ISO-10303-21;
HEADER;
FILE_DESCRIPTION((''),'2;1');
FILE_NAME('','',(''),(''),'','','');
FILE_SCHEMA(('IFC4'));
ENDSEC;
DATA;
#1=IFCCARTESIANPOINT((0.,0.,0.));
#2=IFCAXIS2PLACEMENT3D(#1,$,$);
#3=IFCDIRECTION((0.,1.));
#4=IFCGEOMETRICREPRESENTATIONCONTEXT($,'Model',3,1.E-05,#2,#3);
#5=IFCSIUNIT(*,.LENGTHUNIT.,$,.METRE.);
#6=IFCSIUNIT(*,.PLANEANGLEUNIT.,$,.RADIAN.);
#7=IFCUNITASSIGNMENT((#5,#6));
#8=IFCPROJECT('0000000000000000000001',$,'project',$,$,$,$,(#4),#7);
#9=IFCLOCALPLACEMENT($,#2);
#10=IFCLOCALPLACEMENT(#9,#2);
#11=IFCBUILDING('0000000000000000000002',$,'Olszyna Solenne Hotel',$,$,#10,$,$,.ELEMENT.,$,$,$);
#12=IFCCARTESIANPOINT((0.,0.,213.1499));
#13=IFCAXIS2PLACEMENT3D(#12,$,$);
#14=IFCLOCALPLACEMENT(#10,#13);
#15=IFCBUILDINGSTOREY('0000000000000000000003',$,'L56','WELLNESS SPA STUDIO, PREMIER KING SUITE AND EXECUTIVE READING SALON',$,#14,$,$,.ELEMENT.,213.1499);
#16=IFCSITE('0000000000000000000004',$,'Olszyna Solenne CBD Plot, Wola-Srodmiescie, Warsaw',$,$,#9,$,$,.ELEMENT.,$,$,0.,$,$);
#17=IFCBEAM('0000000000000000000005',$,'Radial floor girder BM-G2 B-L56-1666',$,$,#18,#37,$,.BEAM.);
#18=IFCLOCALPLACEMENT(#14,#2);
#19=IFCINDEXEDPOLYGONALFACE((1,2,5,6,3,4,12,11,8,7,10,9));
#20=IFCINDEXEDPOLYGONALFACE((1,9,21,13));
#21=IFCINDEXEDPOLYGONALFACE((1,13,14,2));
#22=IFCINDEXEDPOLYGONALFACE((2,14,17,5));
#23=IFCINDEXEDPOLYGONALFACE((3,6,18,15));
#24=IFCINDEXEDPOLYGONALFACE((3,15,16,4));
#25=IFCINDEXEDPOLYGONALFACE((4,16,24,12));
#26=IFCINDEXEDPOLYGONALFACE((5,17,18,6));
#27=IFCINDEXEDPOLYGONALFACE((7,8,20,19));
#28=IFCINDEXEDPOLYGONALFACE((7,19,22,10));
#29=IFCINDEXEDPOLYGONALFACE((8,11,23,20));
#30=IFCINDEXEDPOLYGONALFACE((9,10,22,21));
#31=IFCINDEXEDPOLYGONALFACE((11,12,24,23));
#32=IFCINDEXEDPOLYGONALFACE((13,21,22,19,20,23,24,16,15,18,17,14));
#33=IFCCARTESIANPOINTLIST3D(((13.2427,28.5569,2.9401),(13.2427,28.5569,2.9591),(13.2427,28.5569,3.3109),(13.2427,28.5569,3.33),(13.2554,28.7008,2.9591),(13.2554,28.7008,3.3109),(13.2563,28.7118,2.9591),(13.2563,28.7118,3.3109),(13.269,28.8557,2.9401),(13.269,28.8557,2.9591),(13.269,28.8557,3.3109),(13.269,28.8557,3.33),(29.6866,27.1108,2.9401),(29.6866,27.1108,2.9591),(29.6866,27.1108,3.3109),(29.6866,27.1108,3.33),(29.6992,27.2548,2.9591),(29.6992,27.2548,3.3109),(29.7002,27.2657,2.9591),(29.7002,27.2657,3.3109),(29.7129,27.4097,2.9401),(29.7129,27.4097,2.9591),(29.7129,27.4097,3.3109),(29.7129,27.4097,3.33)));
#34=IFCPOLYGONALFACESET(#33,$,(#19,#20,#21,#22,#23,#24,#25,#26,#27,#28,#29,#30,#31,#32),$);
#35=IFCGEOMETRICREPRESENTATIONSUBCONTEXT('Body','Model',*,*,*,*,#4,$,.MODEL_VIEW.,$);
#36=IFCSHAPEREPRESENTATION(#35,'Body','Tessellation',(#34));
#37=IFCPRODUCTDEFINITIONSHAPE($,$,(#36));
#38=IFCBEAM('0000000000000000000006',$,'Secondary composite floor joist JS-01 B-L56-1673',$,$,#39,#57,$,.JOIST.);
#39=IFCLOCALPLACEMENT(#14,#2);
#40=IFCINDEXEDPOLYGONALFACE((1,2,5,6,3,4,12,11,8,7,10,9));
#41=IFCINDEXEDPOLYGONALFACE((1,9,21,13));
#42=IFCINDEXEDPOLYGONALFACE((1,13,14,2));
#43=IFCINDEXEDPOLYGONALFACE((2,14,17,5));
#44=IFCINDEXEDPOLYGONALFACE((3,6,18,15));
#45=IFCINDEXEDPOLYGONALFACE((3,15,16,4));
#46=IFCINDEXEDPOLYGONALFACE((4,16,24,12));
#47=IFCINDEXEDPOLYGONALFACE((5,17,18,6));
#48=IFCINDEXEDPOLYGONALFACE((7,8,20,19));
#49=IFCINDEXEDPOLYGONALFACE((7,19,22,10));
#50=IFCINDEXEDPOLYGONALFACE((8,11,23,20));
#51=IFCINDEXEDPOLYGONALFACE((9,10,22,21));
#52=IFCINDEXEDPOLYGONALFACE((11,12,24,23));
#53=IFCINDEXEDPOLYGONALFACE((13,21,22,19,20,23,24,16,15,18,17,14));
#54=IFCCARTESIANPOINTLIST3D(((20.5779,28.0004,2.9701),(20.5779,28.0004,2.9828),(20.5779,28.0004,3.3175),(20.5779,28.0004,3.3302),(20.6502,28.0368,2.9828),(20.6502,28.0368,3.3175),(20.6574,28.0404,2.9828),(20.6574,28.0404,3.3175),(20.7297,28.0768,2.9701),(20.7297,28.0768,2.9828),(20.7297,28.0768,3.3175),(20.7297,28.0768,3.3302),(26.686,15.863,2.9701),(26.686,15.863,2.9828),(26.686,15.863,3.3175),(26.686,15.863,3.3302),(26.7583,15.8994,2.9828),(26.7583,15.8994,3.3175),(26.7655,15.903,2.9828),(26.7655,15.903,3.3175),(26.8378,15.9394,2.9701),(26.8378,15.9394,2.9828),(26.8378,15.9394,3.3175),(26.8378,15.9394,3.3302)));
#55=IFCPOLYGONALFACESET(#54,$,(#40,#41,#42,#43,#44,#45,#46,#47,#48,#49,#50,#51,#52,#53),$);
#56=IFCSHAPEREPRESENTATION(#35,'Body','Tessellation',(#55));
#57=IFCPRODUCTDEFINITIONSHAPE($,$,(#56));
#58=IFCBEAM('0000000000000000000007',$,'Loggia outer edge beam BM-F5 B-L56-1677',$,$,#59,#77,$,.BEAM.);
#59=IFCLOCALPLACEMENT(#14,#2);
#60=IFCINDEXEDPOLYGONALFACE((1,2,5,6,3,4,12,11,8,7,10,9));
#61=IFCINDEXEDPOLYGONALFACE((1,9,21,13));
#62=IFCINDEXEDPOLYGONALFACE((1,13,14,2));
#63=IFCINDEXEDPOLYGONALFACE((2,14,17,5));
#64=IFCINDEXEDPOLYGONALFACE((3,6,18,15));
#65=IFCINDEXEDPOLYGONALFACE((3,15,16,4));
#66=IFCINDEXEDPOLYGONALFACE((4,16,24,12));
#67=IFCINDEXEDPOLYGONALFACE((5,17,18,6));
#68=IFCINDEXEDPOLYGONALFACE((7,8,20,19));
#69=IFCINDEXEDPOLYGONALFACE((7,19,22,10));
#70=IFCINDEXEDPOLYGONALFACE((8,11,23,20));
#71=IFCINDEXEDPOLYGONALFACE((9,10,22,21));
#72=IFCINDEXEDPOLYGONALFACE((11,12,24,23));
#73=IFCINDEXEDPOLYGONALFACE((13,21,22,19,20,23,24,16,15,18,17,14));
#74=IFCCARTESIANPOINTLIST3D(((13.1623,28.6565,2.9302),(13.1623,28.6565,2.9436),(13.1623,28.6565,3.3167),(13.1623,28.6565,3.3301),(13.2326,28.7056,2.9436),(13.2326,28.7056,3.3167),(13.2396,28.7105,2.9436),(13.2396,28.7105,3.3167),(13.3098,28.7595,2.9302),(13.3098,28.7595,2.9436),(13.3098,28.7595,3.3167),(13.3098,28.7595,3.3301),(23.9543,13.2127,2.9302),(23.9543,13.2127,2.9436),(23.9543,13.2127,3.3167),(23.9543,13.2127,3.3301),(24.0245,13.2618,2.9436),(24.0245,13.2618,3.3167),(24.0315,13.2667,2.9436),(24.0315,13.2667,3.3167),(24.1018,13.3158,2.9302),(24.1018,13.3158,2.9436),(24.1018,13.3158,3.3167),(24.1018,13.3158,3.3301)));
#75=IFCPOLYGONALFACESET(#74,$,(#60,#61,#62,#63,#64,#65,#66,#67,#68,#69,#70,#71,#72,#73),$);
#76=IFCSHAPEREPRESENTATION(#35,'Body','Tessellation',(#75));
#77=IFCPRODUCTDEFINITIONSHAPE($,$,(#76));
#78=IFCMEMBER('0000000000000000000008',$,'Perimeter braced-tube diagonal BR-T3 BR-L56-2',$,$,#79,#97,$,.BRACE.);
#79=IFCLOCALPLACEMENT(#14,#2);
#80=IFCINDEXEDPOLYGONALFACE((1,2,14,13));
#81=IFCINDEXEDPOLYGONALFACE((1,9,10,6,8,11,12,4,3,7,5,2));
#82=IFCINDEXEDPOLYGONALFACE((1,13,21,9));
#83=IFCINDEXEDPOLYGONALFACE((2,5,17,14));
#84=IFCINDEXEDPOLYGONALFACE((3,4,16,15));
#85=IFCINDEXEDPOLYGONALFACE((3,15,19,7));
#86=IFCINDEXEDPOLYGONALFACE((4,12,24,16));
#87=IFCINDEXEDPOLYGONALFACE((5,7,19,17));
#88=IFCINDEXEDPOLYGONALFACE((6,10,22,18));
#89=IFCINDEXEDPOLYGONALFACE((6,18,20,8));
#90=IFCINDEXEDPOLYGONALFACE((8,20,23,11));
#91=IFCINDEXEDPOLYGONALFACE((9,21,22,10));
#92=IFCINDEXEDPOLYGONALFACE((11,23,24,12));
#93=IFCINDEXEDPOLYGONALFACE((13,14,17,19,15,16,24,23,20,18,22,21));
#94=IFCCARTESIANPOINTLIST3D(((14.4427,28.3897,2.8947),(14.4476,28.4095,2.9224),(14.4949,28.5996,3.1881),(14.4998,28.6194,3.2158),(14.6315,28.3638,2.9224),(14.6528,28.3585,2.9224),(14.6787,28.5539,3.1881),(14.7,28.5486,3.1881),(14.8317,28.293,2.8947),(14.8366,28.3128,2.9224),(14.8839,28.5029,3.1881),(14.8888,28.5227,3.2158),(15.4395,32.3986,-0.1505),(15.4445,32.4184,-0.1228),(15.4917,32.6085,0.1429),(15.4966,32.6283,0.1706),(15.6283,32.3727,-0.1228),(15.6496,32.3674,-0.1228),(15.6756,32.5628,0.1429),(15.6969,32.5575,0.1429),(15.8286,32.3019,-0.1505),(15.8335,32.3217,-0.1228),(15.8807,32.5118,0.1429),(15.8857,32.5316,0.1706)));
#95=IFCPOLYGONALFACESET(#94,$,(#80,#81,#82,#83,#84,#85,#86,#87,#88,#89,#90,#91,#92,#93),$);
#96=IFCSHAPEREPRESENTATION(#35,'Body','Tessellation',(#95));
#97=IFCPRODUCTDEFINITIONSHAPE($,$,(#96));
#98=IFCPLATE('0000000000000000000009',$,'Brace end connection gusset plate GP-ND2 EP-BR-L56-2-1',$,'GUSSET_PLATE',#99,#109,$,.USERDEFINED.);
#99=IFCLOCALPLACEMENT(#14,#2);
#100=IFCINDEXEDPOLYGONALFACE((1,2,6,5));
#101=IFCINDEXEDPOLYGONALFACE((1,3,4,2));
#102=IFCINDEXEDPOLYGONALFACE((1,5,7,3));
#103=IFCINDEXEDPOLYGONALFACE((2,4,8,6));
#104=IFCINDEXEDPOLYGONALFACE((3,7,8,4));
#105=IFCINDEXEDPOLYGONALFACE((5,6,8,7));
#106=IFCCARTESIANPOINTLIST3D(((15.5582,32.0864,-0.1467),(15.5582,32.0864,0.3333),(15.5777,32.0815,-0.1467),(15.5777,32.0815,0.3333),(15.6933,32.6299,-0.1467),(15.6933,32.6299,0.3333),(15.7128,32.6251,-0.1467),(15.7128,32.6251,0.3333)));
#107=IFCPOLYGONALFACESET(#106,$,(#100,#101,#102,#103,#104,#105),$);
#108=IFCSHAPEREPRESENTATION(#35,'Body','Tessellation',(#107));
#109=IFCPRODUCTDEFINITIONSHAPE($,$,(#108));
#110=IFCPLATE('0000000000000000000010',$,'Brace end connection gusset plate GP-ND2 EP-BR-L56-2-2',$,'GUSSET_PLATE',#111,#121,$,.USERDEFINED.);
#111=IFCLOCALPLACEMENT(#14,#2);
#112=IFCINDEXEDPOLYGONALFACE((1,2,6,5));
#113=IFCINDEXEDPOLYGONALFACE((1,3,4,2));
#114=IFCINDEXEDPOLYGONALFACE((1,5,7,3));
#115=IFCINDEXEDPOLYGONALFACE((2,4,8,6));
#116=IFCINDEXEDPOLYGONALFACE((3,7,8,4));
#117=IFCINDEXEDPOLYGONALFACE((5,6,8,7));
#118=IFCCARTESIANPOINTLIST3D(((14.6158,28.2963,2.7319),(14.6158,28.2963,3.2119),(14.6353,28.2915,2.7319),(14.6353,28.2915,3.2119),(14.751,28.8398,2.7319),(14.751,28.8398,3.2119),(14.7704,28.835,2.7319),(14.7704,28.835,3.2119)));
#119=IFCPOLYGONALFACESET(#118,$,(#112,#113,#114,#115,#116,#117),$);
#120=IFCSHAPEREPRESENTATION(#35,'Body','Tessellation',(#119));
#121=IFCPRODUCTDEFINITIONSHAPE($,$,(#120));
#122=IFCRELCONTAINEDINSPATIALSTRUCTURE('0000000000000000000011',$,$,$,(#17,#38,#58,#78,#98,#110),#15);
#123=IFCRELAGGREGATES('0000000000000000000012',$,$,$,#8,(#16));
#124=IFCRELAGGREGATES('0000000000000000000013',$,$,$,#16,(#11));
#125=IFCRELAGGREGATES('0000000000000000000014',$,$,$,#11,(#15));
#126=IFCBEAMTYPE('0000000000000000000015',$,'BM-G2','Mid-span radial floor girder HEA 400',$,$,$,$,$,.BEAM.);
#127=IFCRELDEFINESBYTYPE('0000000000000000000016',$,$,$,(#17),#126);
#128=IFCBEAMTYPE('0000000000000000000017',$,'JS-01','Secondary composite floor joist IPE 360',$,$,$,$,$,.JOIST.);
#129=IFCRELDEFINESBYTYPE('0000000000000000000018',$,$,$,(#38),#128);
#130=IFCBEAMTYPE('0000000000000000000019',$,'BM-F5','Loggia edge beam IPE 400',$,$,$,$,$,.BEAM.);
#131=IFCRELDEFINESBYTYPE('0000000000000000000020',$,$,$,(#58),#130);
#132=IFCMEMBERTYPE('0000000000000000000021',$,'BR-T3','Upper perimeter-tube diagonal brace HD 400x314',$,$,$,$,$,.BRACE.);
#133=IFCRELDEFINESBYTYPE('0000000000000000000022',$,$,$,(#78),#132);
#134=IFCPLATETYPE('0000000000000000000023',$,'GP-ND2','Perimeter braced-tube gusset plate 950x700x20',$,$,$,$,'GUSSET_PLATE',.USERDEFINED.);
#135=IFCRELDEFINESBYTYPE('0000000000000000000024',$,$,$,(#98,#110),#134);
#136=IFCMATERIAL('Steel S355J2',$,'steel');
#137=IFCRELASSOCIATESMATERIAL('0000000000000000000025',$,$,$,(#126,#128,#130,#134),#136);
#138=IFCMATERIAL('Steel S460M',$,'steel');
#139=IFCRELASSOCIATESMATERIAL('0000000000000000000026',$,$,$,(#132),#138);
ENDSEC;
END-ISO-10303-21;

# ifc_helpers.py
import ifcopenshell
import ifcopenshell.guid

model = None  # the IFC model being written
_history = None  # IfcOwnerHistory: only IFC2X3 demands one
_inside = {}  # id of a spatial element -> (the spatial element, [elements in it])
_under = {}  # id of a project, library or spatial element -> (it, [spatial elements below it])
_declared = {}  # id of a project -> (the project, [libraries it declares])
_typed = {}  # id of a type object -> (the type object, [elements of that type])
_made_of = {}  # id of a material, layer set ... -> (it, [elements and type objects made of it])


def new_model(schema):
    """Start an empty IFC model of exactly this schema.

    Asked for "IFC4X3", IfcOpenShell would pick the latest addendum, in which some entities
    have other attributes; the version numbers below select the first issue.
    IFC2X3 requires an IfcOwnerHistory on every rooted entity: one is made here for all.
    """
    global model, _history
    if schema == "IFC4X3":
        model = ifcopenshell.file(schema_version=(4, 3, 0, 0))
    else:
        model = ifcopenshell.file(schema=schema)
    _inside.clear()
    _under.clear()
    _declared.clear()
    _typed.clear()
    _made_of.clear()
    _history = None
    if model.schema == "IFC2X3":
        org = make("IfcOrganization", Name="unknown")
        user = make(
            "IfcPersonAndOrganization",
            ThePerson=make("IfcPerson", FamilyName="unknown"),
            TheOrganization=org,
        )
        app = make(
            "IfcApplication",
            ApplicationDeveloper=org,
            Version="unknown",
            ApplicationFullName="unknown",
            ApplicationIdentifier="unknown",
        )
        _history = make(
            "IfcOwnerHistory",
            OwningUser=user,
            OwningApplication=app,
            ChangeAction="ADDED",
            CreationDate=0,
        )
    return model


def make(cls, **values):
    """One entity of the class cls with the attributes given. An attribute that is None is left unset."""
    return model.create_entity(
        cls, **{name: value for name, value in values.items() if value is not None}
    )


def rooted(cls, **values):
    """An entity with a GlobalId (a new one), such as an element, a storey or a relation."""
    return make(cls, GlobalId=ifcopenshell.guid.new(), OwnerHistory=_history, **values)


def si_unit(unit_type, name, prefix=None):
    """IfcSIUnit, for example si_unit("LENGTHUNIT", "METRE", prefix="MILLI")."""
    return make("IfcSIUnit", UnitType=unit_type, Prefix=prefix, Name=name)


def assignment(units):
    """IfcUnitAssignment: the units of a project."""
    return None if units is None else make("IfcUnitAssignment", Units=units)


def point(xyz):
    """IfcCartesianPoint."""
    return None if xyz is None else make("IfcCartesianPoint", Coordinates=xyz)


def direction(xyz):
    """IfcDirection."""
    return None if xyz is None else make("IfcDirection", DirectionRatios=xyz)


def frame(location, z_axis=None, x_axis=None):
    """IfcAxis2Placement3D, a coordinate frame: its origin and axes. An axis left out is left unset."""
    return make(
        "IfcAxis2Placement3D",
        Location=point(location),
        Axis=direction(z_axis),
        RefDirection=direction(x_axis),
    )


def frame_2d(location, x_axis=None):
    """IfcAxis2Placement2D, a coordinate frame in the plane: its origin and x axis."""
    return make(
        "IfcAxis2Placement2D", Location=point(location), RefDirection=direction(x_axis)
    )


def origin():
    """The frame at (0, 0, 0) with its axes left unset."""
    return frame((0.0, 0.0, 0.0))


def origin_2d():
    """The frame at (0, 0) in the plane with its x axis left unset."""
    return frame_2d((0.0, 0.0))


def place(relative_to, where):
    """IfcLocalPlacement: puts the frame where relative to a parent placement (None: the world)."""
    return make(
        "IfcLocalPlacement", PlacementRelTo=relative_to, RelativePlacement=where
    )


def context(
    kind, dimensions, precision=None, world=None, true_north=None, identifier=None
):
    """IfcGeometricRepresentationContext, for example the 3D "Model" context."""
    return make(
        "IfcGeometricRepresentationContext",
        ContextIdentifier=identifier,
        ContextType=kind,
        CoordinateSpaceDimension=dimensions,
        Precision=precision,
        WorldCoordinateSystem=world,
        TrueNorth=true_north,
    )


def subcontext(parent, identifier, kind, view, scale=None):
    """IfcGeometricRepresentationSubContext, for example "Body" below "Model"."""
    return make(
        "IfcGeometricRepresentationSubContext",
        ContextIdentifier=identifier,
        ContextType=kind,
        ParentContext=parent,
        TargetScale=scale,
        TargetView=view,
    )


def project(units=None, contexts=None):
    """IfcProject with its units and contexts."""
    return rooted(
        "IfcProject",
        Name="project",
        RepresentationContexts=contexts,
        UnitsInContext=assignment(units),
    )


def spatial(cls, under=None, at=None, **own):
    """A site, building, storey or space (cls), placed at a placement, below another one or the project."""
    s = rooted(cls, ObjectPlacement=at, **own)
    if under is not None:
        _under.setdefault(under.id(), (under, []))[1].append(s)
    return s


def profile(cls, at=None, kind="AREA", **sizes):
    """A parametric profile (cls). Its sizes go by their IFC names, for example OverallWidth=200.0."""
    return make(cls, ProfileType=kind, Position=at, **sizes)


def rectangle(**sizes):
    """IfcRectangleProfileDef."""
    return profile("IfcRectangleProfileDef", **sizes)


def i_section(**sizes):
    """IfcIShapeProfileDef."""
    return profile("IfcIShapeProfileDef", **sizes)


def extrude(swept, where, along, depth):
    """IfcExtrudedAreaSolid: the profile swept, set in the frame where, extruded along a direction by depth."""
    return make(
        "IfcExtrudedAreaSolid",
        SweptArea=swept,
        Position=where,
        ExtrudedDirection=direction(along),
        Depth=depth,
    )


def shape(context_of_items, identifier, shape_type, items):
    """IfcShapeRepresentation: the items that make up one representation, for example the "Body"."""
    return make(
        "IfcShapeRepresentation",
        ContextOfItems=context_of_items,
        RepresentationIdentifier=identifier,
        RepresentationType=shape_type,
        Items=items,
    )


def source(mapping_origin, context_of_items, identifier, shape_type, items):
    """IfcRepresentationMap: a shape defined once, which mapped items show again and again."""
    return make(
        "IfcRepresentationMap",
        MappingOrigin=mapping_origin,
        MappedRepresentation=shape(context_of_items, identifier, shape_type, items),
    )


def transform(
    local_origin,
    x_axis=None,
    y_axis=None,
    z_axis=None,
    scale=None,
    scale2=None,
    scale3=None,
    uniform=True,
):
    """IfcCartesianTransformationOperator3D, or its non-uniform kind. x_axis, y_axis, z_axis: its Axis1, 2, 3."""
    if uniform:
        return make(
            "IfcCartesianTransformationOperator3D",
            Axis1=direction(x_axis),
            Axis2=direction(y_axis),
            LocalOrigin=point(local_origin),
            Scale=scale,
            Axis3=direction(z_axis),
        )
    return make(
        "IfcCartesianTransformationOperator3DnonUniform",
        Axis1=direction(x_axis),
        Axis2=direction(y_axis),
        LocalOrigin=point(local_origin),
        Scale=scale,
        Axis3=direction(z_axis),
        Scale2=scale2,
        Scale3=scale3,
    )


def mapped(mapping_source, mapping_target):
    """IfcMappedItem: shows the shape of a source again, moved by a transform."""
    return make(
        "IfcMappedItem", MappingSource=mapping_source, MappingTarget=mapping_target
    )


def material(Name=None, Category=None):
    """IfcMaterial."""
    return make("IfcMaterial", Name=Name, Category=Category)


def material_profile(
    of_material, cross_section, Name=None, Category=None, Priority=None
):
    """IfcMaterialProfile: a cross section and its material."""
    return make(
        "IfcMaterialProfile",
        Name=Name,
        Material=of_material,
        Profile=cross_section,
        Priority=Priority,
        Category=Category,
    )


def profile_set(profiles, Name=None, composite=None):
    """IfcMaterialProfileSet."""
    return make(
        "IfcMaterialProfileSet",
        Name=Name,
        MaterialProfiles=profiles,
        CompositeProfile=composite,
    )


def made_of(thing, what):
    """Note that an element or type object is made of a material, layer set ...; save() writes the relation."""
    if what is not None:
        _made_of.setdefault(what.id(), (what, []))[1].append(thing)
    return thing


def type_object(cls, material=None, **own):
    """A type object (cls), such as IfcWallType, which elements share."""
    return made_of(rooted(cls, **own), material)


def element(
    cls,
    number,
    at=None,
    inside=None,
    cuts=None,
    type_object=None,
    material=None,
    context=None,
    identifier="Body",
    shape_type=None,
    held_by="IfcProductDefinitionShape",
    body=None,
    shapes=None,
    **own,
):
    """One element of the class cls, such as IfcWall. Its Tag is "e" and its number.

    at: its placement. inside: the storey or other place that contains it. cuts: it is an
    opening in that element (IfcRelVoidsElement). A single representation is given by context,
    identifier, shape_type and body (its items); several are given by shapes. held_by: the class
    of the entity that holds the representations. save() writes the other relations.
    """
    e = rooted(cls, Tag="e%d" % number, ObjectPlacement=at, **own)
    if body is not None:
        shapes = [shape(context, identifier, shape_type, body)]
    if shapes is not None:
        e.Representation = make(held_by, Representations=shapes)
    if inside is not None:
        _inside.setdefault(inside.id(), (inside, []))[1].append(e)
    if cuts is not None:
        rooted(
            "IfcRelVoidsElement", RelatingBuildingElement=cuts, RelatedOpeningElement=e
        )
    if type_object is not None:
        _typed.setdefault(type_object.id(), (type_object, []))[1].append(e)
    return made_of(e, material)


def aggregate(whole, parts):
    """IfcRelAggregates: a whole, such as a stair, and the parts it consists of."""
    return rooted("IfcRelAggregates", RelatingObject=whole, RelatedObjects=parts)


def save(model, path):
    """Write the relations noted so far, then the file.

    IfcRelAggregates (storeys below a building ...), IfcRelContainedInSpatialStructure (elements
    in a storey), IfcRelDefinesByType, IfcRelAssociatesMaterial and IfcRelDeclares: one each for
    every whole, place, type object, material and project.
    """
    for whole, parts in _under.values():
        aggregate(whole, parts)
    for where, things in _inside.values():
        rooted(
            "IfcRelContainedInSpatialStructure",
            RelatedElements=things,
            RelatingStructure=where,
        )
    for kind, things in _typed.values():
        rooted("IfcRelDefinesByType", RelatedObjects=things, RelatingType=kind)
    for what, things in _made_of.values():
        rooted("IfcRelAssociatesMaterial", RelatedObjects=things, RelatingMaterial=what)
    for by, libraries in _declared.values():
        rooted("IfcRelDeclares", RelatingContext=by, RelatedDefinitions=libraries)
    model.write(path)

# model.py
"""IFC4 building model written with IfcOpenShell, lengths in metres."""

from ifc_helpers import new_model, si_unit, direction, frame, origin, origin_2d, place, context, subcontext, project, spatial, rectangle, i_section, extrude, source, transform, mapped, material, material_profile, profile_set, type_object, element, save


model = new_model("IFC4")

# Units and contexts
model_context = context("Model", 3, precision=1e-05, world=origin(), true_north=direction((0.0, 1.0)))
body_context = subcontext(model_context, "Body", "Model", "MODEL_VIEW")
ifc_project = project(units=[si_unit("LENGTHUNIT", "METRE"), si_unit("PLANEANGLEUNIT", "RADIAN")], contexts=[model_context])

# Site, building, storey
site_placement = place(None, origin())
site = spatial("IfcSite", under=ifc_project, at=site_placement, Name="Olszyna Solenne CBD Plot, Wola-Srodmiescie, Warsaw", CompositionType="ELEMENT", RefElevation=0.0)
building_placement = place(site_placement, origin())
building = spatial("IfcBuilding", under=site, at=building_placement, Name="Olszyna Solenne Hotel", CompositionType="ELEMENT")
storey_placement = place(building_placement, frame((0.0, 0.0, 213.1499)))
storey = spatial("IfcBuildingStorey", under=building, at=storey_placement, Name="L56", Description="WELLNESS SPA STUDIO, PREMIER KING SUITE AND EXECUTIVE READING SALON", CompositionType="ELEMENT", Elevation=213.1499)

# Shared definitions
ifc_material_1 = material(Name="Steel S460M", Category="steel")

# Beams
ifc_material_2 = material(Name="Steel S355J2", Category="steel")
ifc_material_profile_1 = material_profile(ifc_material_2, i_section(OverallWidth=0.3, OverallDepth=0.3899, WebThickness=0.011, FlangeThickness=0.019, at=origin_2d()), Name="HEA 400", Category="load-bearing")
ifc_profile_set_1 = profile_set([ifc_material_profile_1], Name="Steel S355J2")
beam_type_1 = type_object("IfcBeamType", Name="BM-G2", Description="Mid-span radial floor girder HEA 400", PredefinedType="BEAM", material=ifc_profile_set_1)
shared_shape_1 = source(origin(), body_context, "Body", "SweptSolid", [
    extrude(i_section(OverallWidth=0.3, OverallDepth=0.3899, WebThickness=0.011, FlangeThickness=0.019, at=origin_2d()), origin(), (0.0, 0.0, 1.0), 16.5073),
])
beam_1_placement = place(storey_placement, frame((13.2559, 28.7063, 3.135), z_axis=(0.996156, -0.0876, 0.0), x_axis=(0.0876, 0.996156, 0.0)))
element("IfcBeam", 1, at=beam_1_placement, inside=storey, type_object=beam_type_1, Name="Radial floor girder BM-G2 B-L56-1666", PredefinedType="BEAM", context=body_context, shape_type="MappedRepresentation", body=[
    mapped(shared_shape_1, transform((0.0, 0.0, 0.0), x_axis=(1.0, 0.0, 0.0), y_axis=(0.0, 1.0, 0.0), z_axis=(0.0, 0.0, 1.0), scale=1.0)),
])
ifc_material_profile_2 = material_profile(ifc_material_2, i_section(OverallWidth=0.1699, OverallDepth=0.3601, WebThickness=0.0081, FlangeThickness=0.0127, at=origin_2d()), Name="IPE 360", Category="load-bearing")
ifc_profile_set_2 = profile_set([ifc_material_profile_2], Name="Steel S355J2")
beam_type_2 = type_object("IfcBeamType", Name="JS-01", Description="Secondary composite floor joist IPE 360", PredefinedType="JOIST", material=ifc_profile_set_2)
shared_shape_2 = source(origin(), body_context, "Body", "SweptSolid", [
    extrude(i_section(OverallWidth=0.1699, OverallDepth=0.3601, WebThickness=0.0081, FlangeThickness=0.0127, at=origin_2d()), origin(), (0.0, 0.0, 1.0), 13.5876),
])
beam_2_placement = place(storey_placement, frame((20.6538, 28.0386, 3.1501), z_axis=(0.449534, -0.893263, 0.0), x_axis=(0.893263, 0.449534, 0.0)))
element("IfcBeam", 2, at=beam_2_placement, inside=storey, type_object=beam_type_2, Name="Secondary composite floor joist JS-01 B-L56-1673", PredefinedType="JOIST", context=body_context, shape_type="MappedRepresentation", body=[
    mapped(shared_shape_2, transform((0.0, 0.0, 0.0), x_axis=(1.0, 0.0, 0.0), y_axis=(0.0, 1.0, 0.0), z_axis=(0.0, 0.0, 1.0), scale=1.0)),
])
ifc_material_profile_3 = material_profile(ifc_material_2, i_section(OverallWidth=0.1799, OverallDepth=0.3999, WebThickness=0.0085, FlangeThickness=0.0134, at=origin_2d()), Name="IPE 400", Category="load-bearing")
ifc_profile_set_3 = profile_set([ifc_material_profile_3], Name="Steel S355J2")
beam_type_3 = type_object("IfcBeamType", Name="BM-F5", Description="Loggia edge beam IPE 400", PredefinedType="BEAM", material=ifc_profile_set_3)
shared_shape_3 = source(origin(), body_context, "Body", "SweptSolid", [
    extrude(i_section(OverallWidth=0.1799, OverallDepth=0.3999, WebThickness=0.0085, FlangeThickness=0.0134, at=origin_2d()), origin(), (0.0, 0.0, 1.0), 18.8408),
])
beam_3_placement = place(storey_placement, frame((13.2361, 28.708, 3.1301), z_axis=(0.572796, -0.819698, 0.0), x_axis=(0.819698, 0.572796, 0.0)))
element("IfcBeam", 3, at=beam_3_placement, inside=storey, type_object=beam_type_3, Name="Loggia outer edge beam BM-F5 B-L56-1677", PredefinedType="BEAM", context=body_context, shape_type="MappedRepresentation", body=[
    mapped(shared_shape_3, transform((0.0, 0.0, 0.0), x_axis=(1.0, 0.0, 0.0), y_axis=(0.0, 1.0, 0.0), z_axis=(0.0, 0.0, 1.0), scale=1.0)),
])

# Member
ifc_material_profile_4 = material_profile(ifc_material_1, i_section(OverallWidth=0.4009, OverallDepth=0.3989, WebThickness=0.022, FlangeThickness=0.0344, at=origin_2d()), Name="HD 400x314", Category="load-bearing")
ifc_profile_set_4 = profile_set([ifc_material_profile_4], Name="Steel S460M")
member_type = type_object("IfcMemberType", Name="BR-T3", Description="Upper perimeter-tube diagonal brace HD 400x314", PredefinedType="BRACE", material=ifc_profile_set_4)
shared_shape_4 = source(origin(), body_context, "Body", "SweptSolid", [
    extrude(i_section(OverallWidth=0.4009, OverallDepth=0.3989, WebThickness=0.022, FlangeThickness=0.0344, at=origin_2d()), origin(), (0.0, 0.0, 1.0), 5.1321),
])
member_placement = place(storey_placement, frame((15.6626, 32.4651, 0.01), z_axis=(-0.194239, -0.781141, 0.593372), x_axis=(0.970448, -0.241312, 0.0)))
element("IfcMember", 4, at=member_placement, inside=storey, type_object=member_type, Name="Perimeter braced-tube diagonal BR-T3 BR-L56-2", PredefinedType="BRACE", context=body_context, shape_type="MappedRepresentation", body=[
    mapped(shared_shape_4, transform((0.0, 0.0, 0.0), x_axis=(1.0, 0.0, 0.0), y_axis=(0.0, 1.0, 0.0), z_axis=(0.0, 0.0, 1.0), scale=1.0)),
])

# Plates
plate_type = type_object("IfcPlateType", Name="GP-ND2", Description="Perimeter braced-tube gusset plate 950x700x20", ElementType="GUSSET_PLATE", PredefinedType="USERDEFINED", material=ifc_material_2)
shared_shape_5 = source(origin(), body_context, "Body", "SweptSolid", [
    extrude(rectangle(XDim=0.5601, YDim=0.02, at=origin_2d()), origin(), (0.0, 0.0, 1.0), 0.48),
])
for number, where, z_axis, x_axis, name in (
    (5, (15.6355, 32.3557, -0.1467), (0.0, 0.0, 1.0), (-0.241244, -0.970464, 0.0), "Brace end connection gusset plate GP-ND2 EP-BR-L56-2-1"),
    (6, (14.6931, 28.5657, 2.7319), (0.0, 0.0, 1.0), (-0.241244, -0.970464, 0.0), "Brace end connection gusset plate GP-ND2 EP-BR-L56-2-2"),
):
    element("IfcPlate", number, at=place(storey_placement, frame(where, z_axis=z_axis, x_axis=x_axis)), inside=storey, type_object=plate_type, Name=name, ObjectType="GUSSET_PLATE", PredefinedType="USERDEFINED", context=body_context, shape_type="MappedRepresentation", body=[
        mapped(shared_shape_5, transform((0.0, 0.0, 0.0), x_axis=(1.0, 0.0, 0.0), y_axis=(0.0, 1.0, 0.0), z_axis=(0.0, 0.0, 1.0), scale=1.0)),
    ])

save(model, "model.ifc")
